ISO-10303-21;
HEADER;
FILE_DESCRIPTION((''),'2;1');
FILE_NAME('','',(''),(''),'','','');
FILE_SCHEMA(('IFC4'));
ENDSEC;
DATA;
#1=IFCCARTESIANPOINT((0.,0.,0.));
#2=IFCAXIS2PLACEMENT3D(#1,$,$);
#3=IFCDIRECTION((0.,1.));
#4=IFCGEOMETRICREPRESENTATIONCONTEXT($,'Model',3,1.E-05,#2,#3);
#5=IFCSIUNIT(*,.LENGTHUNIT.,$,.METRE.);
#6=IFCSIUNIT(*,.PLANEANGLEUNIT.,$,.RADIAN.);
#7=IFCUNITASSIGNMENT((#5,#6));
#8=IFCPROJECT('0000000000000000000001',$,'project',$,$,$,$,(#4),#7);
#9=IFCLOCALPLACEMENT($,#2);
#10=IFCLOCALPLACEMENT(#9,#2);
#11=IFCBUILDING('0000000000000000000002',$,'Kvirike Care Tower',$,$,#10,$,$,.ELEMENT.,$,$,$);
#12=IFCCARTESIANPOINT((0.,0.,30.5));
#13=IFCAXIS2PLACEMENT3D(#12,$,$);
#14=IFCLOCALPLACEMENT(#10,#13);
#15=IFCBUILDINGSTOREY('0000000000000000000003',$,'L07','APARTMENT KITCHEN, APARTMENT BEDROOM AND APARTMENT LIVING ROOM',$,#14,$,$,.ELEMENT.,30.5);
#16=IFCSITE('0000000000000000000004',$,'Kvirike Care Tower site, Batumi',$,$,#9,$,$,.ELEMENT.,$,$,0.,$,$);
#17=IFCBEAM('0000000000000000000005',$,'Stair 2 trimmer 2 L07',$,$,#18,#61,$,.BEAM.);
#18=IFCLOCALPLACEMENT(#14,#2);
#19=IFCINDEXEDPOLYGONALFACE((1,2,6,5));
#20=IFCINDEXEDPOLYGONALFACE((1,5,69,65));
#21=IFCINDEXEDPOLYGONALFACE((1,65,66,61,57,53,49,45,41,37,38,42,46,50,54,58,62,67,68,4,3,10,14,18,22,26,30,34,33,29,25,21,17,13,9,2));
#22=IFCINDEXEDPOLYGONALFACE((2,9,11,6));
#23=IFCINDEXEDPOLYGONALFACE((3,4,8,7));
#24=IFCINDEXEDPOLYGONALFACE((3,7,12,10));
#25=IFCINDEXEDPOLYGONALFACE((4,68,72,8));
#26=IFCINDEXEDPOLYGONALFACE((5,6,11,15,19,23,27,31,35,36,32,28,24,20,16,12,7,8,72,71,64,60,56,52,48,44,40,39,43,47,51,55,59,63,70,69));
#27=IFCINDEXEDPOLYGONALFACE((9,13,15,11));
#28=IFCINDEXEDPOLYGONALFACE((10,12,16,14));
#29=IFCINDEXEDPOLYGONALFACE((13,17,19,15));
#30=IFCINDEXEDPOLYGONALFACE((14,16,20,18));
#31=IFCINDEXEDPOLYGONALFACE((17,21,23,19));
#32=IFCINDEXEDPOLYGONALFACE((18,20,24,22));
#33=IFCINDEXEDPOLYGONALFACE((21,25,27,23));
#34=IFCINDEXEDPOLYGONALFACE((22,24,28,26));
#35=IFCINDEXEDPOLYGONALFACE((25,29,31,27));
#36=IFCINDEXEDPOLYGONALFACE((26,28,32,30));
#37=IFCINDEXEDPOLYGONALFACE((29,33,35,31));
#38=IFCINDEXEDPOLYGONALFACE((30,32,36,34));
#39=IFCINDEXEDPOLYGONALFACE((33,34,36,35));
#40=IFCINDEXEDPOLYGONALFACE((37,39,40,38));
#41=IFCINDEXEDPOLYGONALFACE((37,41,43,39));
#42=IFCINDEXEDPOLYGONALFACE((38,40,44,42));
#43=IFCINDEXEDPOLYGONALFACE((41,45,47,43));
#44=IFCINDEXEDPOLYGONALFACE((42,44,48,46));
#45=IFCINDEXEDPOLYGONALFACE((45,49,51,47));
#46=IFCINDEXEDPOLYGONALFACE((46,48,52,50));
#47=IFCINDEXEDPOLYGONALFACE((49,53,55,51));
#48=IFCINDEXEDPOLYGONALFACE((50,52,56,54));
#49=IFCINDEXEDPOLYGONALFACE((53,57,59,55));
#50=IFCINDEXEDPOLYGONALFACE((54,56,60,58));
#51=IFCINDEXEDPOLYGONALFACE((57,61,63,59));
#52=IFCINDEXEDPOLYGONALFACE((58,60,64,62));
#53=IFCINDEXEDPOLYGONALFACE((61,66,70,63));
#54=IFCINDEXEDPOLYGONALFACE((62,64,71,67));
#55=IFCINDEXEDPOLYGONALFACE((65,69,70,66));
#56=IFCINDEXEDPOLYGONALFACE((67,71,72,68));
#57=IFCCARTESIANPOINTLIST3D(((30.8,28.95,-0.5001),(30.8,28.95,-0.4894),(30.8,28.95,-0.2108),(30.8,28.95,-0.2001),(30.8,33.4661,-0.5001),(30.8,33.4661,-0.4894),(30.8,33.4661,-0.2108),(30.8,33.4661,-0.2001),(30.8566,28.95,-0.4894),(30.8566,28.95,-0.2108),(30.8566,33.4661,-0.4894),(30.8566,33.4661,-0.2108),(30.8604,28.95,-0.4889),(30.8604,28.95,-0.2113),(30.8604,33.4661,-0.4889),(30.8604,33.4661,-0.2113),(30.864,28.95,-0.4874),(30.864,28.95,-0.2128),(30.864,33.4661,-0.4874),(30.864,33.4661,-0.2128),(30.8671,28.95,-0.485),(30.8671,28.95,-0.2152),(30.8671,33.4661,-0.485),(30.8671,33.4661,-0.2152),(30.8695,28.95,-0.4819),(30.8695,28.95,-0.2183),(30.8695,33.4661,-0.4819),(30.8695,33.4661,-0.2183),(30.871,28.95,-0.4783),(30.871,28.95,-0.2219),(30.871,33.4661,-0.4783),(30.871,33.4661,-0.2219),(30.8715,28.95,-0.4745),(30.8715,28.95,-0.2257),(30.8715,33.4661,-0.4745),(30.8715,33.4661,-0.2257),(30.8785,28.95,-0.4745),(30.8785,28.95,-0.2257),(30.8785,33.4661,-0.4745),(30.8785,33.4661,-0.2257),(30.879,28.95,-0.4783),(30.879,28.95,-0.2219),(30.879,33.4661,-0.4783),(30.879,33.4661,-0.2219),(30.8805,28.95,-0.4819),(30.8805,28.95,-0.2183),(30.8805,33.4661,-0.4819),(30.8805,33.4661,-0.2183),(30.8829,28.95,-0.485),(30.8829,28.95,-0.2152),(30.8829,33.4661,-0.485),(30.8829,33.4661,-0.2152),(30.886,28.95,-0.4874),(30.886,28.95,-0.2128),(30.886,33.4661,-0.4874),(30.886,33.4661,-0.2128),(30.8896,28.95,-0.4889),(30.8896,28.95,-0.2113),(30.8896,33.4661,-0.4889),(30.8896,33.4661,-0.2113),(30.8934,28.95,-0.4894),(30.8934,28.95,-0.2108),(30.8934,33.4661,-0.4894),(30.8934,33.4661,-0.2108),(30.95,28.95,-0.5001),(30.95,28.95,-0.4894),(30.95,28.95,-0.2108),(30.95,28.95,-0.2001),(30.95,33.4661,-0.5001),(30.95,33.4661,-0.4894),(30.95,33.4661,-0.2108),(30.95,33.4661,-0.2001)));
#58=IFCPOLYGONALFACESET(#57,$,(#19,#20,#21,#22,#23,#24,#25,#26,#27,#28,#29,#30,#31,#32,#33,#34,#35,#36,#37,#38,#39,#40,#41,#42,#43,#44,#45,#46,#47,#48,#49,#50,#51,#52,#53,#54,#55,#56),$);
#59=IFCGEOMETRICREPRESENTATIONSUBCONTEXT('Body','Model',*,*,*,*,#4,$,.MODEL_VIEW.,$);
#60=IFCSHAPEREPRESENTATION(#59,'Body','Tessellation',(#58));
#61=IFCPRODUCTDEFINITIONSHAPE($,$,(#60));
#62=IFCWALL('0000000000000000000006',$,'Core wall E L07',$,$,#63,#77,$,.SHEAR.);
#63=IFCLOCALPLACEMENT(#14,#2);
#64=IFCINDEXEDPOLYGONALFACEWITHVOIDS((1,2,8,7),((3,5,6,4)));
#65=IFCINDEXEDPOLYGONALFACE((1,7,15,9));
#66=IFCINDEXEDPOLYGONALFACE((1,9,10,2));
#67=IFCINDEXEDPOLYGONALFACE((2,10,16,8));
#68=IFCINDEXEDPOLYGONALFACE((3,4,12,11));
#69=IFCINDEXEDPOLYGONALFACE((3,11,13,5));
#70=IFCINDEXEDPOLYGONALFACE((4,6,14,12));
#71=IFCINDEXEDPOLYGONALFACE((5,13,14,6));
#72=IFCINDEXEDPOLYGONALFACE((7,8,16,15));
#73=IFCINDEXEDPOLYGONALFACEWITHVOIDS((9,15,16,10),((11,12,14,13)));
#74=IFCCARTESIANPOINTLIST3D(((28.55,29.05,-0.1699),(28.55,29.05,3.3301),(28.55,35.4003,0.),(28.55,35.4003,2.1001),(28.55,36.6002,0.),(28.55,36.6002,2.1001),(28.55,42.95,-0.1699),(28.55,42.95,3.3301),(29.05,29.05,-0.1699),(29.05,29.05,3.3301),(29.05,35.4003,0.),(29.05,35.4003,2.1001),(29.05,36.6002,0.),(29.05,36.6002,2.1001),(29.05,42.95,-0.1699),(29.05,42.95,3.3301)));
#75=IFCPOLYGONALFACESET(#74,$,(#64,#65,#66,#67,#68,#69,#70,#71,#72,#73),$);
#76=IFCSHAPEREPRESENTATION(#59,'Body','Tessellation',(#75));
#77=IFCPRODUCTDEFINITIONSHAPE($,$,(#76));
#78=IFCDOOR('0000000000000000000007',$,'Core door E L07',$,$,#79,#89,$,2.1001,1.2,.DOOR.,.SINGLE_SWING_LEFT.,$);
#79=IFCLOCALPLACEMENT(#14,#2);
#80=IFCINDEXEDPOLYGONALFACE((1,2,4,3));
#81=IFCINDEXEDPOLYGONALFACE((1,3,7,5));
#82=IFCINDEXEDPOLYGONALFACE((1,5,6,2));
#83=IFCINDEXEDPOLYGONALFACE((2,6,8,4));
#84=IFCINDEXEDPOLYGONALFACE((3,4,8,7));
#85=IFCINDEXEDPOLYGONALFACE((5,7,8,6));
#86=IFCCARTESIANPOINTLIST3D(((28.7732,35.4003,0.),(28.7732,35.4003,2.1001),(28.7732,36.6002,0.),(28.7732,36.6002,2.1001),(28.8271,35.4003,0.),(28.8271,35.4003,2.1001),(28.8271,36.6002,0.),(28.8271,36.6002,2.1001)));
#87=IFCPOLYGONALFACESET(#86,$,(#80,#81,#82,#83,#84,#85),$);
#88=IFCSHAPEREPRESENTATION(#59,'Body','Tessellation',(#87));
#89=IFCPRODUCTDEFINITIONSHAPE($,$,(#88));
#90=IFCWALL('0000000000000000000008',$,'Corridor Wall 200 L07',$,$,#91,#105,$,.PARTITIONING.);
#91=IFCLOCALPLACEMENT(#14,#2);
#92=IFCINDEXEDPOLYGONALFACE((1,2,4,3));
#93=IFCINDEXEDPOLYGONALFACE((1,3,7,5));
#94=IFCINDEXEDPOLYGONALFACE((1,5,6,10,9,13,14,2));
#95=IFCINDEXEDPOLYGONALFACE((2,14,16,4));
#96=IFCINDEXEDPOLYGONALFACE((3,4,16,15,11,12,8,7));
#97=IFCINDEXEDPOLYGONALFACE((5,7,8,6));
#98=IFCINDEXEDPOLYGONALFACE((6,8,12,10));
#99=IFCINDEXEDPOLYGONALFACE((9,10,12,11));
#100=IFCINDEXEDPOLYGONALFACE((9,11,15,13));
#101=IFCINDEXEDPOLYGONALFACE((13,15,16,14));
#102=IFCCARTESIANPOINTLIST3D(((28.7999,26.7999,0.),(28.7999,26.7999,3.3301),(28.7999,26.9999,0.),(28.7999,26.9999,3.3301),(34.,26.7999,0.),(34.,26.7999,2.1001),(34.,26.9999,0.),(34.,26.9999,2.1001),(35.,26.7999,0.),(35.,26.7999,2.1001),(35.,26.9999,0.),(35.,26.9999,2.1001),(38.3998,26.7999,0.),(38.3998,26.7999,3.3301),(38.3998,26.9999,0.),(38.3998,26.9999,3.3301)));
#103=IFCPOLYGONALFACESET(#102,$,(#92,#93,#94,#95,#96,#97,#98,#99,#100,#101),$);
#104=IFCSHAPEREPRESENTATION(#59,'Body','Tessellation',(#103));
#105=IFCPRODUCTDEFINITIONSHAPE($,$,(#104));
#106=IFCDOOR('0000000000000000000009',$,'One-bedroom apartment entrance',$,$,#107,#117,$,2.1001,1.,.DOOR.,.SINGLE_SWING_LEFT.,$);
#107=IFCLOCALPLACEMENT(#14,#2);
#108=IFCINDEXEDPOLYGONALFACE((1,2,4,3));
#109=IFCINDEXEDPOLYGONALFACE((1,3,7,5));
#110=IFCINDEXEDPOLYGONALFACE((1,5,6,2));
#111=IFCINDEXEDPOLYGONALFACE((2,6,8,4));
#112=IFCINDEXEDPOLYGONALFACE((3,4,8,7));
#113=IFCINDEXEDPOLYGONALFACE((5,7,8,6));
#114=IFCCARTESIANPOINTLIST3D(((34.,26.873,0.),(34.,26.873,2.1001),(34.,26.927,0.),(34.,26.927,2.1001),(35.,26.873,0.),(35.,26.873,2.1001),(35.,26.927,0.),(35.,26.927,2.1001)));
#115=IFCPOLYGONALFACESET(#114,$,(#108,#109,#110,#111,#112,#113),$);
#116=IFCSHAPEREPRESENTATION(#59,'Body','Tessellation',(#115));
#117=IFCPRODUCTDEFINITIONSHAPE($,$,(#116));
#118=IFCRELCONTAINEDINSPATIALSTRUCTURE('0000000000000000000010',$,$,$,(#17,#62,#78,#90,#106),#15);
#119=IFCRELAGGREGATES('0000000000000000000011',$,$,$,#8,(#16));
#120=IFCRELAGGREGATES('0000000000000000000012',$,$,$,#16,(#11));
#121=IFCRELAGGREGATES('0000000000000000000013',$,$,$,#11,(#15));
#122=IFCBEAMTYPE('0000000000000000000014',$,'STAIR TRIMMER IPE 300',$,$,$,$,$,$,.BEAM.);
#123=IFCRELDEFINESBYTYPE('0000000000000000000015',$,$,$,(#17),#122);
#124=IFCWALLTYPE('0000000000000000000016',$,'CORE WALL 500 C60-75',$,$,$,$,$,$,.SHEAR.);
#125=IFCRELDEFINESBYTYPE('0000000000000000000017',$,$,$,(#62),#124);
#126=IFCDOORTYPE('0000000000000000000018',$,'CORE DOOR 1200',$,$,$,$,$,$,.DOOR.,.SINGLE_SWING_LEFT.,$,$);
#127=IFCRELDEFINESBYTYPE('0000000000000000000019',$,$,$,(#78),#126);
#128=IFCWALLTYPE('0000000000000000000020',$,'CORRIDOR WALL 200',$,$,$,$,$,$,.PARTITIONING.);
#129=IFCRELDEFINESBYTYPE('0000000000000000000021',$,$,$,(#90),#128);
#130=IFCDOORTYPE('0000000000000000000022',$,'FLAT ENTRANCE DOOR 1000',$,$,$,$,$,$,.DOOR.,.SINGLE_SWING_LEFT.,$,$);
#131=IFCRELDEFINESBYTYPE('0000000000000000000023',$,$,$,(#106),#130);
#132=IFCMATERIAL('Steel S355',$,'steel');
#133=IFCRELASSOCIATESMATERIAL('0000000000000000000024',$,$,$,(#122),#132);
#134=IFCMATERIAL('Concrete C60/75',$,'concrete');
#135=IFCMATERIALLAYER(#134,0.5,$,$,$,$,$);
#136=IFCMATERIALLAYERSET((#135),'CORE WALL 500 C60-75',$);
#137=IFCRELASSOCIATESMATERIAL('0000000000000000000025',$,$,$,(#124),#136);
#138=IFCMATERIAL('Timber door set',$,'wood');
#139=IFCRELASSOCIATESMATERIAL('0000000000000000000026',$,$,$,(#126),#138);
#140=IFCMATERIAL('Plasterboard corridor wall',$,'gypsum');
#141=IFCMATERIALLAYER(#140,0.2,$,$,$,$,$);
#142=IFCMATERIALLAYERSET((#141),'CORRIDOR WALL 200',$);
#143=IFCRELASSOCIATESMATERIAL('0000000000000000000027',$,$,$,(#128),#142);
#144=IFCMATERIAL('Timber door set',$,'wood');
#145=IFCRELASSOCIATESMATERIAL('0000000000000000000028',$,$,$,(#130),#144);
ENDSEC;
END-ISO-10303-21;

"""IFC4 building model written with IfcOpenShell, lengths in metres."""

from ifc_helpers import new_model, si_unit, direction, frame, frame_2d, origin, origin_2d, place, context, subcontext, project, spatial, rectangle, i_section, extrude, material, layer, layer_set, material_profile, profile_set, type_object, element, fill, save


model = new_model("IFC4")

# Units and contexts
model_context = context("Model", 3, precision=1e-05, world=origin(), true_north=direction((0.0, 1.0)))
body_context = subcontext(model_context, "Body", "Model", "MODEL_VIEW")
ifc_project = project(units=[si_unit("LENGTHUNIT", "METRE"), si_unit("PLANEANGLEUNIT", "RADIAN")], contexts=[model_context])

# Site, building, storey
site_placement = place(None, origin())
site = spatial("IfcSite", under=ifc_project, at=site_placement, Name="Kvirike Care Tower site, Batumi", CompositionType="ELEMENT", RefElevation=0.0)
building_placement = place(site_placement, origin())
building = spatial("IfcBuilding", under=site, at=building_placement, Name="Kvirike Care Tower", CompositionType="ELEMENT")
storey_placement = place(building_placement, frame((0.0, 0.0, 30.5)))
storey = spatial("IfcBuildingStorey", under=building, at=storey_placement, Name="L07", Description="APARTMENT KITCHEN, APARTMENT BEDROOM AND APARTMENT LIVING ROOM", CompositionType="ELEMENT", Elevation=30.5)

# Beam
ifc_material_1 = material(Name="Steel S355", Category="steel")
ifc_material_profile_1 = material_profile(ifc_material_1, i_section(OverallWidth=0.1499, OverallDepth=0.3, WebThickness=0.0071, FlangeThickness=0.0107, FilletRadius=0.0149, at=origin_2d()), Name="IPE 300")
ifc_profile_set_1 = profile_set([ifc_material_profile_1], Name="Steel S355")
beam_type_1 = type_object("IfcBeamType", Name="STAIR TRIMMER IPE 300", PredefinedType="BEAM", material=ifc_profile_set_1)
for number, where, z_axis, x_axis, name in (
    (1, (30.875, 28.95, -0.3501), (0.0, 1.0, 0.0), (-1.0, 0.0, 0.0), "Stair 2 trimmer 2 L07"),
):
    element("IfcBeam", number, at=place(storey_placement, frame(where, z_axis=z_axis, x_axis=x_axis)), inside=storey, type_object=beam_type_1, Name=name, PredefinedType="BEAM", context=body_context, shape_type="SweptSolid", body=[
        extrude(i_section(OverallWidth=0.1499, OverallDepth=0.3, WebThickness=0.0071, FlangeThickness=0.0107, FilletRadius=0.0149, at=origin_2d()), origin(), (0.0, 0.0, 1.0), 4.5161),
    ])

# Walls, openings, doors
ifc_material_2 = material(Name="Concrete C60/75", Category="concrete")
ifc_layer_1 = layer(ifc_material_2, 0.5)
ifc_layer_set_1 = layer_set([ifc_layer_1], Name="CORE WALL 500 C60-75")
wall_type_1 = type_object("IfcWallType", Name="CORE WALL 500 C60-75", PredefinedType="SHEAR", material=ifc_layer_set_1)
wall_1_placement = place(storey_placement, frame((28.8, 29.05, -0.1699), z_axis=(0.0, 0.0, 1.0), x_axis=(0.0, 1.0, 0.0)))
wall_1 = element("IfcWall", 2, at=wall_1_placement, inside=storey, type_object=wall_type_1, Name="Core wall E L07", PredefinedType="SHEAR", context=body_context, shape_type="SweptSolid", body=[
    extrude(rectangle(XDim=13.8999, YDim=0.5, at=frame_2d((6.95, 0.0))), origin(), (0.0, 0.0, 1.0), 3.5),
])
opening_1_placement = place(wall_1_placement, frame((6.3501, 0.0, 0.1699)))
opening_1 = element("IfcOpeningElement", 3, at=opening_1_placement, cuts=wall_1, PredefinedType="OPENING", context=body_context, shape_type="SweptSolid", body=[
    extrude(rectangle(XDim=1.2, YDim=2.1001, at=frame_2d((0.6001, 1.05))), frame((0.0, 0.2605, 0.0), z_axis=(0.0, -1.0, 0.0), x_axis=(1.0, 0.0, 0.0)), (0.0, 0.0, 1.0), 0.521),
])
ifc_material_3 = material(Name="Timber door set", Category="wood")
door_type_1 = type_object("IfcDoorType", Name="CORE DOOR 1200", OperationType="SINGLE_SWING_LEFT", PredefinedType="DOOR", material=ifc_material_3)
door_1_placement = place(opening_1_placement, origin())
door_1 = element("IfcDoor", 4, at=door_1_placement, inside=storey, type_object=door_type_1, Name="Core door E L07", OperationType="SINGLE_SWING_LEFT", OverallHeight=2.1001, OverallWidth=1.2, PredefinedType="DOOR", context=body_context, shape_type="SweptSolid", body=[
    extrude(rectangle(XDim=1.2, YDim=2.1001, at=frame_2d((0.6001, 1.05))), frame((0.0, 0.0269, 0.0), z_axis=(0.0, -1.0, 0.0), x_axis=(1.0, 0.0, 0.0)), (0.0, 0.0, 1.0), 0.054),
])
fill(opening_1, door_1)
ifc_material_4 = material(Name="Plasterboard corridor wall", Category="gypsum")
ifc_layer_2 = layer(ifc_material_4, 0.2)
ifc_layer_set_2 = layer_set([ifc_layer_2], Name="CORRIDOR WALL 200")
wall_type_2 = type_object("IfcWallType", Name="CORRIDOR WALL 200", PredefinedType="PARTITIONING", material=ifc_layer_set_2)
wall_2_placement = place(storey_placement, frame((28.8, 26.8999, 0.0), z_axis=(0.0, 0.0, 1.0), x_axis=(1.0, 0.0, 0.0)))
wall_2 = element("IfcWall", 5, at=wall_2_placement, inside=storey, type_object=wall_type_2, Name="Corridor Wall 200 L07", PredefinedType="PARTITIONING", context=body_context, shape_type="SweptSolid", body=[
    extrude(rectangle(XDim=9.5999, YDim=0.2, at=frame_2d((4.7998, 0.0))), origin(), (0.0, 0.0, 1.0), 3.3301),
])
opening_2_placement = place(wall_2_placement, frame((5.2, 0.0, 0.0)))
opening_2 = element("IfcOpeningElement", 6, at=opening_2_placement, cuts=wall_2, PredefinedType="OPENING", context=body_context, shape_type="SweptSolid", body=[
    extrude(rectangle(XDim=1.0, YDim=2.1001, at=frame_2d((0.5, 1.05))), frame((0.0, 0.1106, 0.0), z_axis=(0.0, -1.0, 0.0), x_axis=(1.0, 0.0, 0.0)), (0.0, 0.0, 1.0), 0.2209),
])
ifc_material_5 = material(Name="Timber door set", Category="wood")
door_type_2 = type_object("IfcDoorType", Name="FLAT ENTRANCE DOOR 1000", OperationType="SINGLE_SWING_LEFT", PredefinedType="DOOR", material=ifc_material_5)
door_2_placement = place(opening_2_placement, frame((1.0, 0.0, 0.0), z_axis=(0.0, 0.0, 1.0), x_axis=(-1.0, 0.0, 0.0)))
door_2 = element("IfcDoor", 7, at=door_2_placement, inside=storey, type_object=door_type_2, Name="One-bedroom apartment entrance", OperationType="SINGLE_SWING_LEFT", OverallHeight=2.1001, OverallWidth=1.0, PredefinedType="DOOR", context=body_context, shape_type="SweptSolid", body=[
    extrude(rectangle(XDim=1.0, YDim=2.1001, at=frame_2d((0.5, 1.05))), frame((0.0, 0.0269, 0.0), z_axis=(0.0, -1.0, 0.0), x_axis=(1.0, 0.0, 0.0)), (0.0, 0.0, 1.0), 0.054),
])
fill(opening_2, door_2)

save(model, "model.ifc")
